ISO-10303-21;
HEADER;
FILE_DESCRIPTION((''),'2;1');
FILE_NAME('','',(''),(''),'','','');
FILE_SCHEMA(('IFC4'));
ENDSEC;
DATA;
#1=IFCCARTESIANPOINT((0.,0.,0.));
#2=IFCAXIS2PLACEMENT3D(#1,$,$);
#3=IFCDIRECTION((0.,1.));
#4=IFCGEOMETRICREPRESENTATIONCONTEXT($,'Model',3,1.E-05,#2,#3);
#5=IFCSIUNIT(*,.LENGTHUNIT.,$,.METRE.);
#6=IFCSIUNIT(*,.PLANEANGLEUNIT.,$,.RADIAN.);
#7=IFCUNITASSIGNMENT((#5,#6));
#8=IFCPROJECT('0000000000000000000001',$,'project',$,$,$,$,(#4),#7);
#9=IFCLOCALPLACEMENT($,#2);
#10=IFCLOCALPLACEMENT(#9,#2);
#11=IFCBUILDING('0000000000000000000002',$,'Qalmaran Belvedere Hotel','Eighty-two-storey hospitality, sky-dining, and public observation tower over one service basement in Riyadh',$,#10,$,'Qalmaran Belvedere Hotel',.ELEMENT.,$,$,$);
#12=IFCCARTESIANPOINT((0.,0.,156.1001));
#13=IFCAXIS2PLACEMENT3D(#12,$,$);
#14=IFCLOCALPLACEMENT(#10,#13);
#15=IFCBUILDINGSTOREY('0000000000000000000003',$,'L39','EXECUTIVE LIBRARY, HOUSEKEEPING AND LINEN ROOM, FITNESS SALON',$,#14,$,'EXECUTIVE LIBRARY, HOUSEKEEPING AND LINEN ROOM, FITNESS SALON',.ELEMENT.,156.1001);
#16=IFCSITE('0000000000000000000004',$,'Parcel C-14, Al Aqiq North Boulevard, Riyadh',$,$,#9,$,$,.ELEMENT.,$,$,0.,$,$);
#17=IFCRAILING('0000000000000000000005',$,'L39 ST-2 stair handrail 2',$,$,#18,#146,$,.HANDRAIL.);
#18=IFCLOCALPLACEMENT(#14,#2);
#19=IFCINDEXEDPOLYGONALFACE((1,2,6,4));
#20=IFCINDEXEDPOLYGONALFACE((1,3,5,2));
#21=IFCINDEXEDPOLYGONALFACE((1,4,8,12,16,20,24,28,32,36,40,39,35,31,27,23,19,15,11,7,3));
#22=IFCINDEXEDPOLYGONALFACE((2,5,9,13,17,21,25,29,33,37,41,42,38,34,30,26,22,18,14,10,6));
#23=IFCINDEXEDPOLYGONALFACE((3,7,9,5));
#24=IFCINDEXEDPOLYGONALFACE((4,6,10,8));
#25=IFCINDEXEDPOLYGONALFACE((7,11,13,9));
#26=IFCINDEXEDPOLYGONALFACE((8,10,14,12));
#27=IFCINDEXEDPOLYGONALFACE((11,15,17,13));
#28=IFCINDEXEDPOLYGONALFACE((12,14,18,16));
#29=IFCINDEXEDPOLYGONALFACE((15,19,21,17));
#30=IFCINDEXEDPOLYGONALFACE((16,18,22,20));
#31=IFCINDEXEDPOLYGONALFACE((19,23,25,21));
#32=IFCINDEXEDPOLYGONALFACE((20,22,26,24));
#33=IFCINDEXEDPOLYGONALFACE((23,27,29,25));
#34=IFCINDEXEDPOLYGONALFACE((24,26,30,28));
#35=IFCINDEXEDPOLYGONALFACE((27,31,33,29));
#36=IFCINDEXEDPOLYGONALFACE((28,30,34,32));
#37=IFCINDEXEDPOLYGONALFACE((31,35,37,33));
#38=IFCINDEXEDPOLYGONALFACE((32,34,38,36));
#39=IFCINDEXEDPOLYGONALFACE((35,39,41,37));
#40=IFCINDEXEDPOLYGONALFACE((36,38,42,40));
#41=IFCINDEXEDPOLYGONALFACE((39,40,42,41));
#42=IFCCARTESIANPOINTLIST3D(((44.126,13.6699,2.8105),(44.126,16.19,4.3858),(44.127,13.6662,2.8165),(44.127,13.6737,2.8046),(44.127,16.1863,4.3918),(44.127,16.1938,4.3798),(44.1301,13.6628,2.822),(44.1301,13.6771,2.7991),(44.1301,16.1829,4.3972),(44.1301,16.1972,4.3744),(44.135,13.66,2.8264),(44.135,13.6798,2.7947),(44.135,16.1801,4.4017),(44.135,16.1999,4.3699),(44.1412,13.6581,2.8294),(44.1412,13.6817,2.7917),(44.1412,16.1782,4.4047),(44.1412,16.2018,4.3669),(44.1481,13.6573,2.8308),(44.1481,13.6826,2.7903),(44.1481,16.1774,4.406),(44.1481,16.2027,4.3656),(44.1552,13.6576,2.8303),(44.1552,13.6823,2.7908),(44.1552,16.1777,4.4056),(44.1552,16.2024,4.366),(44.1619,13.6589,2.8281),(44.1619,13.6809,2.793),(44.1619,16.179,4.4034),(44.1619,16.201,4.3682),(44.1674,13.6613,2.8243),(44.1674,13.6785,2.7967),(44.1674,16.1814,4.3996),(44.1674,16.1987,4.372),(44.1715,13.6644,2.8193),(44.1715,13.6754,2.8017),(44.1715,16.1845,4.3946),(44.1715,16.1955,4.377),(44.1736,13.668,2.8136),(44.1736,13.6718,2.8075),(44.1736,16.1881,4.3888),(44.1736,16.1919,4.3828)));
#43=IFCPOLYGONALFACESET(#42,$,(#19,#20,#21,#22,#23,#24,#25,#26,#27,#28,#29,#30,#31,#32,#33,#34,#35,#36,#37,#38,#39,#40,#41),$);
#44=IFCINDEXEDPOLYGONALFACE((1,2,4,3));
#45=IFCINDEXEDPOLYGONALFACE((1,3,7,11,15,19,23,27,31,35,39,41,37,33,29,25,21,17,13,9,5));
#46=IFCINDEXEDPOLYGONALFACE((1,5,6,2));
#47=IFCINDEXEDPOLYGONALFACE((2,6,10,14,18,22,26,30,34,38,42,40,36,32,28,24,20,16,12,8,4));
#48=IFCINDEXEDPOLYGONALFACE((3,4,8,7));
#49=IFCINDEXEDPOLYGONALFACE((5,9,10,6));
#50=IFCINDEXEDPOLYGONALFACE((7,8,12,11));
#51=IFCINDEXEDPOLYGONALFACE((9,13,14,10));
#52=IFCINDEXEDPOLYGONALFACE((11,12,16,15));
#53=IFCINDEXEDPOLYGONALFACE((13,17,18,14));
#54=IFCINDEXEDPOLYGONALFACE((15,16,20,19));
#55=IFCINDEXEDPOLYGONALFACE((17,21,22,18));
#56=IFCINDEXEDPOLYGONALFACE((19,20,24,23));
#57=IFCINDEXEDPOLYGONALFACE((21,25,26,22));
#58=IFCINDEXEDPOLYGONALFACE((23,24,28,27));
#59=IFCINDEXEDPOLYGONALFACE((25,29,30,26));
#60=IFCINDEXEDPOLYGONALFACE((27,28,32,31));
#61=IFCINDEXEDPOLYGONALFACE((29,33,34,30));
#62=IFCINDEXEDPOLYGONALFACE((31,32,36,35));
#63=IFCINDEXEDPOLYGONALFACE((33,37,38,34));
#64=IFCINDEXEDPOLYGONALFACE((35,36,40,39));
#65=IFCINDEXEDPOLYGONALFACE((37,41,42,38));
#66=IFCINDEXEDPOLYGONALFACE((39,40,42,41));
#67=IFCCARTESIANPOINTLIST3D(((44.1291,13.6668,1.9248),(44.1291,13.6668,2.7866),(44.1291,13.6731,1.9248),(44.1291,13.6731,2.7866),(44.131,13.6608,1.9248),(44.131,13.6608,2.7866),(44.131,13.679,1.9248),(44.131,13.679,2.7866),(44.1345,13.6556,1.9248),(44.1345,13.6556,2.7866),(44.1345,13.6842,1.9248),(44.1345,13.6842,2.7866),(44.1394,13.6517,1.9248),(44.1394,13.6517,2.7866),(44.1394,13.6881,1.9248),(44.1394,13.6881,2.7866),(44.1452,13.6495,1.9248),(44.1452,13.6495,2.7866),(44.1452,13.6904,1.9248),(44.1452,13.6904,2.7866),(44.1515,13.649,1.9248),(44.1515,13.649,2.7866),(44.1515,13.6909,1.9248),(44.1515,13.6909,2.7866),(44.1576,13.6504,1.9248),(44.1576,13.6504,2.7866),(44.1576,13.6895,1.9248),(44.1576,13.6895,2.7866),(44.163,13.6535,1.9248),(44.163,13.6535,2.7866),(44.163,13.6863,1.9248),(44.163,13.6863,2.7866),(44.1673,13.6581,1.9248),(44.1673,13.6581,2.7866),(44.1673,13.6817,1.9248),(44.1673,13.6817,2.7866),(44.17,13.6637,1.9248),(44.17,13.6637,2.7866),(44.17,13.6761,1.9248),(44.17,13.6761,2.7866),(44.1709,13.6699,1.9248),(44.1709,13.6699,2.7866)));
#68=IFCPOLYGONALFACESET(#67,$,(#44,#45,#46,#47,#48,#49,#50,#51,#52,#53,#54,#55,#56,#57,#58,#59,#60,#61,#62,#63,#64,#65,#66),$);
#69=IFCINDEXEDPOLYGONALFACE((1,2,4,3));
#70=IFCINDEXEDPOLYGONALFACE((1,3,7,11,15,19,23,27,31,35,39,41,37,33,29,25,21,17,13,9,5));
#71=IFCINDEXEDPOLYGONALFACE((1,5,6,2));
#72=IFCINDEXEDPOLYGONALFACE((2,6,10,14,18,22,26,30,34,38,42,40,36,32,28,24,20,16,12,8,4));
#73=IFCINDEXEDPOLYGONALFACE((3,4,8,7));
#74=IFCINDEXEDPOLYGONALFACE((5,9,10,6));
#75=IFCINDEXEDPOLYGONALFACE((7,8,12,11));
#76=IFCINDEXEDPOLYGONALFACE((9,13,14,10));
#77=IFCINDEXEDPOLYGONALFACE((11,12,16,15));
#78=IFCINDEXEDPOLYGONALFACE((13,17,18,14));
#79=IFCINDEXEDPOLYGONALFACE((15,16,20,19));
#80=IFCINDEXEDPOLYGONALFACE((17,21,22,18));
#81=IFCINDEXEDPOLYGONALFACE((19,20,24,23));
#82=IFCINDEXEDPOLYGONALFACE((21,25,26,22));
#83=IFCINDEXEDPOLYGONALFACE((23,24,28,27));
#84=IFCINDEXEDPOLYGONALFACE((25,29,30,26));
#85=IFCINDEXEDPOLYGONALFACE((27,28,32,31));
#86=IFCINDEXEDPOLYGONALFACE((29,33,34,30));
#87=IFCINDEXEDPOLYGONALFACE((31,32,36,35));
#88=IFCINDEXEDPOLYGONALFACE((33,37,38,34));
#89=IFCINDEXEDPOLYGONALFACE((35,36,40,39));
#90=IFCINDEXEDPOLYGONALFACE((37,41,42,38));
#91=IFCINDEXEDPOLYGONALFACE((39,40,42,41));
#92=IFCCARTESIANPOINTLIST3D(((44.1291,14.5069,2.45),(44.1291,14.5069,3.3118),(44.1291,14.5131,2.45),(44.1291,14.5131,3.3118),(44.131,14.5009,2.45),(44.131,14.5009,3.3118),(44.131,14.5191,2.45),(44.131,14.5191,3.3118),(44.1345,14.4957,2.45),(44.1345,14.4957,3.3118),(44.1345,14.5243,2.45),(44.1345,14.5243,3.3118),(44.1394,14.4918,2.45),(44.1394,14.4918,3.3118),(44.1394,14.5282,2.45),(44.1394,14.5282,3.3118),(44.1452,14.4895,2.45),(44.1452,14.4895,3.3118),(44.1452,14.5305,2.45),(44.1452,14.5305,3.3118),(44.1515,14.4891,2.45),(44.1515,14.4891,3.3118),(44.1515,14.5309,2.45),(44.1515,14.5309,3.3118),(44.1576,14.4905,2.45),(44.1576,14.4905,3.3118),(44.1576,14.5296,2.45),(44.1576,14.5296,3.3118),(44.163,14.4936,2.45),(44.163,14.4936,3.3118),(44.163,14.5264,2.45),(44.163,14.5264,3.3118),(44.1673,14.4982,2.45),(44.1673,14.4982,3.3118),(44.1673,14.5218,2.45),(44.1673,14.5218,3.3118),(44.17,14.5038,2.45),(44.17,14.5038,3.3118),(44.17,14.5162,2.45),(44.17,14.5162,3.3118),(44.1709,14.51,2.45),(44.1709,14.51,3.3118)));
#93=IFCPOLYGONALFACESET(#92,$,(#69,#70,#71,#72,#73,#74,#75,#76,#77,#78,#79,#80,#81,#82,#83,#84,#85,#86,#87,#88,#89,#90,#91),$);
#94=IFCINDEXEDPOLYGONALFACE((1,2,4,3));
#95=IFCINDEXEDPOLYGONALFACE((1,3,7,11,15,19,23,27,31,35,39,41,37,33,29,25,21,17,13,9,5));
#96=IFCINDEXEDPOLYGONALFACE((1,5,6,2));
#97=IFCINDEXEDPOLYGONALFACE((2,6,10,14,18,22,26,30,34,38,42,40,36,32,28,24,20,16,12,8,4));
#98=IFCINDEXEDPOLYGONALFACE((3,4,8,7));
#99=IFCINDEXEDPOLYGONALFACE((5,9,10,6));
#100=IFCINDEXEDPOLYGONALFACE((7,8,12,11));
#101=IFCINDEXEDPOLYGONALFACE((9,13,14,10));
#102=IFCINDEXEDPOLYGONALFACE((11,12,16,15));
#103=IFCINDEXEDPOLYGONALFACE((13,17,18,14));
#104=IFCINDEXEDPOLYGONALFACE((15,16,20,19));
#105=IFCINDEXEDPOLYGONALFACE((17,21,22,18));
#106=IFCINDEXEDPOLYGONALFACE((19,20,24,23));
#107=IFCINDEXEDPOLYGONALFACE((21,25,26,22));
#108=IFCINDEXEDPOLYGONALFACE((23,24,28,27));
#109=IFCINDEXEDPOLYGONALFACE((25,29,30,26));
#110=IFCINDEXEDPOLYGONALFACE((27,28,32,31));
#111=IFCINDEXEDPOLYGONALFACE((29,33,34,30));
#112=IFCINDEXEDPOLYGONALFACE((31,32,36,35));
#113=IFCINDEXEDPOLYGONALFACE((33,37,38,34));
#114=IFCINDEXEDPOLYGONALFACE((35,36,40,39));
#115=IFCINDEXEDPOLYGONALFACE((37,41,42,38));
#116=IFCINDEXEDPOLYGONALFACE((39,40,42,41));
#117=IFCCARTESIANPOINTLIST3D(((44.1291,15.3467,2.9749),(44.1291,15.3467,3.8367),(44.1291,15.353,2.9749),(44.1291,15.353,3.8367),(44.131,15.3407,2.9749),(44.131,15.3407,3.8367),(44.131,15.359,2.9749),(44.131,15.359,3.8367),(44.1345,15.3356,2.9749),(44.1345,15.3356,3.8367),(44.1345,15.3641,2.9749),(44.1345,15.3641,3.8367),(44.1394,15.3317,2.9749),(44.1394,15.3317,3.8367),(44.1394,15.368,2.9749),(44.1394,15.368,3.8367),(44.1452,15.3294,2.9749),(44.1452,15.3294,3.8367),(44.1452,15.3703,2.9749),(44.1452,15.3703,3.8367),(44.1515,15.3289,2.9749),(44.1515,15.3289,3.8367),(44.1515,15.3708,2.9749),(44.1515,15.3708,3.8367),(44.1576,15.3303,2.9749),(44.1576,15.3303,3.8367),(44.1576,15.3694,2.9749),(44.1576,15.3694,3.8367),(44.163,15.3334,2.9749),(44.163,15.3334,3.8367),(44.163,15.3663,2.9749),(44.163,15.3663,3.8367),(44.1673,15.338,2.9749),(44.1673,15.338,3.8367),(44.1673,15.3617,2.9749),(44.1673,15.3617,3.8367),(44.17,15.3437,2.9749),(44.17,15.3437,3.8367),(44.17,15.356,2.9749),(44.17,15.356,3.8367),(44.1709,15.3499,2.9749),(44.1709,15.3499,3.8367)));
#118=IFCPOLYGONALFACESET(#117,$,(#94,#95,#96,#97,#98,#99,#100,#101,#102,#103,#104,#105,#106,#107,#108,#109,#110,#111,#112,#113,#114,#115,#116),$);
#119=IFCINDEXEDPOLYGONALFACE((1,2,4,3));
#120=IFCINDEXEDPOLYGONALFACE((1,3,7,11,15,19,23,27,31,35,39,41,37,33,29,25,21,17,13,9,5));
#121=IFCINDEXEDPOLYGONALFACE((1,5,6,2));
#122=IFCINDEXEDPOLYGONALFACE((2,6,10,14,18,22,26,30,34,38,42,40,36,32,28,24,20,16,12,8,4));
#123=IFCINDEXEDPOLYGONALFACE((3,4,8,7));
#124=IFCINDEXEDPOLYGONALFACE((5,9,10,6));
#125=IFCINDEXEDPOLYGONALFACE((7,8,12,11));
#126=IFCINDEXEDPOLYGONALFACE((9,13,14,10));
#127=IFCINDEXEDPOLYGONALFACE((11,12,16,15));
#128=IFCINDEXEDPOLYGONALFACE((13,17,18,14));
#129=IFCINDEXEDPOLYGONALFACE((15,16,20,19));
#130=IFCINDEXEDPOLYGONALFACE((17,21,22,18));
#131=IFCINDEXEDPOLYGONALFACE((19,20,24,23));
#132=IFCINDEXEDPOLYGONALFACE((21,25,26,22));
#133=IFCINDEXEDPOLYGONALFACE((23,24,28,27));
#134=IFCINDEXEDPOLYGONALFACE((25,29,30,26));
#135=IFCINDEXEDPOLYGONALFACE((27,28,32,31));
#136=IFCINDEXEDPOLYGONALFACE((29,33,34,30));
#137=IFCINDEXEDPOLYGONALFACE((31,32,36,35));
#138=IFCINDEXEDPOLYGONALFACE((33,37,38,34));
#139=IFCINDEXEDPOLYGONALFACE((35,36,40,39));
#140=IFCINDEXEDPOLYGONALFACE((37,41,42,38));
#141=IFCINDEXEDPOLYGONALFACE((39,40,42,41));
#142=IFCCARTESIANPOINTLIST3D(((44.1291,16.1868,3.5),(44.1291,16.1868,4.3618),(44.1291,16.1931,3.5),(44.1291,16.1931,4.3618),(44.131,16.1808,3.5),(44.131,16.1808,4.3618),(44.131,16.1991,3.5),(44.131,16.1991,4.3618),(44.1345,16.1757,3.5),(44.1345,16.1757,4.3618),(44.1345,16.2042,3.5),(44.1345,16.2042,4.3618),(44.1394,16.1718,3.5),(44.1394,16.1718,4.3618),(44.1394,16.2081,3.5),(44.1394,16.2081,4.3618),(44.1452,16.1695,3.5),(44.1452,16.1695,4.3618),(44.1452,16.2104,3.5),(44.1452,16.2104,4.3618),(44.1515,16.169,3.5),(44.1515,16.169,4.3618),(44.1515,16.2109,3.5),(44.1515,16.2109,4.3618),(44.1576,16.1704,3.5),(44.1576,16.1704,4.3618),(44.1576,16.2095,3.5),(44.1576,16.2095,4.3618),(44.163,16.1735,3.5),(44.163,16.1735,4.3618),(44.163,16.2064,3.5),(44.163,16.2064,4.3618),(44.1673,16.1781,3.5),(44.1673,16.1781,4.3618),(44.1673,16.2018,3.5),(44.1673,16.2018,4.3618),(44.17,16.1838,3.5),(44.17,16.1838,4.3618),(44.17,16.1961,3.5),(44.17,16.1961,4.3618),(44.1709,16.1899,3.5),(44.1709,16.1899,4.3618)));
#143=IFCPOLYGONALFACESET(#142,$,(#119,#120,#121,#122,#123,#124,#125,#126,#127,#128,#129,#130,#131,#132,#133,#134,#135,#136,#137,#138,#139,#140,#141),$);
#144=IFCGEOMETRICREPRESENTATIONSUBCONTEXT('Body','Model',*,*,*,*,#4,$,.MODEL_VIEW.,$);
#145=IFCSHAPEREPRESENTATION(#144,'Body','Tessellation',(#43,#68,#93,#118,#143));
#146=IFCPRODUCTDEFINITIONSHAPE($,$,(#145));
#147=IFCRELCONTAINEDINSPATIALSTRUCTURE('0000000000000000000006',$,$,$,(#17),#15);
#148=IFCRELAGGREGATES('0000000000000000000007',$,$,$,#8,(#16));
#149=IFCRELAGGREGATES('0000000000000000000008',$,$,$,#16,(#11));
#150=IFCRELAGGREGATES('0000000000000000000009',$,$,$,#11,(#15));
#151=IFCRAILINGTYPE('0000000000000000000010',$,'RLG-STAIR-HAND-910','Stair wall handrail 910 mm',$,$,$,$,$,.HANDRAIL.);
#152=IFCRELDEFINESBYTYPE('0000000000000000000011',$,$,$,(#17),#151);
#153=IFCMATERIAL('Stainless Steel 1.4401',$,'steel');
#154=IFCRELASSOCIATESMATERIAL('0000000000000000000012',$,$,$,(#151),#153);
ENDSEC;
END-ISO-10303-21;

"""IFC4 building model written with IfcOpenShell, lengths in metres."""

from ifc_helpers import new_model, si_unit, direction, frame, origin, origin_2d, place, context, subcontext, project, spatial, circle, extrude, material, type_object, element, save


model = new_model("IFC4")

# Units and contexts
model_context = context("Model", 3, precision=1e-05, world=origin(), true_north=direction((0.0, 1.0)))
body_context = subcontext(model_context, "Body", "Model", "MODEL_VIEW")
ifc_project = project(units=[si_unit("LENGTHUNIT", "METRE"), si_unit("PLANEANGLEUNIT", "RADIAN")], contexts=[model_context])

# Site, building, storey
site_placement = place(None, origin())
site = spatial("IfcSite", under=ifc_project, at=site_placement, Name="Parcel C-14, Al Aqiq North Boulevard, Riyadh", CompositionType="ELEMENT", RefElevation=0.0)
building_placement = place(site_placement, origin())
building = spatial("IfcBuilding", under=site, at=building_placement, Name="Qalmaran Belvedere Hotel", Description="Eighty-two-storey hospitality, sky-dining, and public observation tower over one service basement in Riyadh", LongName="Qalmaran Belvedere Hotel", CompositionType="ELEMENT")
storey_placement = place(building_placement, frame((0.0, 0.0, 156.1001)))
storey = spatial("IfcBuildingStorey", under=building, at=storey_placement, Name="L39", Description="EXECUTIVE LIBRARY, HOUSEKEEPING AND LINEN ROOM, FITNESS SALON", LongName="EXECUTIVE LIBRARY, HOUSEKEEPING AND LINEN ROOM, FITNESS SALON", CompositionType="ELEMENT", Elevation=156.1001)

# Railing
ifc_material_1 = material(Name="Stainless Steel 1.4401", Category="steel")
railing_type_1 = type_object("IfcRailingType", Name="RLG-STAIR-HAND-910", Description="Stair wall handrail 910 mm", PredefinedType="HANDRAIL", material=ifc_material_1)
railing_1_placement = place(storey_placement, frame((44.1499, 13.6699, 1.9248)))
element("IfcRailing", 1, at=railing_1_placement, inside=storey, type_object=railing_type_1, Name="L39 ST-2 stair handrail 2", PredefinedType="HANDRAIL", context=body_context, shape_type="SweptSolid", body=[
    extrude(circle(Radius=0.0239, at=origin_2d()), frame((0.0, 0.0, 0.8857), z_axis=(0.0, 0.847971, 0.530043), x_axis=(-1.0, 0.0, 0.0)), (0.0, 0.0, 1.0), 2.9719),
    extrude(circle(Radius=0.021, at=origin_2d()), origin(), (0.0, 0.0, 1.0), 0.8618),
    extrude(circle(Radius=0.021, at=origin_2d()), frame((0.0, 0.8401, 0.5251)), (0.0, 0.0, 1.0), 0.8618),
    extrude(circle(Radius=0.021, at=origin_2d()), frame((0.0, 1.6799, 1.05)), (0.0, 0.0, 1.0), 0.8618),
    extrude(circle(Radius=0.021, at=origin_2d()), frame((0.0, 2.52, 1.5752)), (0.0, 0.0, 1.0), 0.8618),
])

save(model, "model.ifc")
